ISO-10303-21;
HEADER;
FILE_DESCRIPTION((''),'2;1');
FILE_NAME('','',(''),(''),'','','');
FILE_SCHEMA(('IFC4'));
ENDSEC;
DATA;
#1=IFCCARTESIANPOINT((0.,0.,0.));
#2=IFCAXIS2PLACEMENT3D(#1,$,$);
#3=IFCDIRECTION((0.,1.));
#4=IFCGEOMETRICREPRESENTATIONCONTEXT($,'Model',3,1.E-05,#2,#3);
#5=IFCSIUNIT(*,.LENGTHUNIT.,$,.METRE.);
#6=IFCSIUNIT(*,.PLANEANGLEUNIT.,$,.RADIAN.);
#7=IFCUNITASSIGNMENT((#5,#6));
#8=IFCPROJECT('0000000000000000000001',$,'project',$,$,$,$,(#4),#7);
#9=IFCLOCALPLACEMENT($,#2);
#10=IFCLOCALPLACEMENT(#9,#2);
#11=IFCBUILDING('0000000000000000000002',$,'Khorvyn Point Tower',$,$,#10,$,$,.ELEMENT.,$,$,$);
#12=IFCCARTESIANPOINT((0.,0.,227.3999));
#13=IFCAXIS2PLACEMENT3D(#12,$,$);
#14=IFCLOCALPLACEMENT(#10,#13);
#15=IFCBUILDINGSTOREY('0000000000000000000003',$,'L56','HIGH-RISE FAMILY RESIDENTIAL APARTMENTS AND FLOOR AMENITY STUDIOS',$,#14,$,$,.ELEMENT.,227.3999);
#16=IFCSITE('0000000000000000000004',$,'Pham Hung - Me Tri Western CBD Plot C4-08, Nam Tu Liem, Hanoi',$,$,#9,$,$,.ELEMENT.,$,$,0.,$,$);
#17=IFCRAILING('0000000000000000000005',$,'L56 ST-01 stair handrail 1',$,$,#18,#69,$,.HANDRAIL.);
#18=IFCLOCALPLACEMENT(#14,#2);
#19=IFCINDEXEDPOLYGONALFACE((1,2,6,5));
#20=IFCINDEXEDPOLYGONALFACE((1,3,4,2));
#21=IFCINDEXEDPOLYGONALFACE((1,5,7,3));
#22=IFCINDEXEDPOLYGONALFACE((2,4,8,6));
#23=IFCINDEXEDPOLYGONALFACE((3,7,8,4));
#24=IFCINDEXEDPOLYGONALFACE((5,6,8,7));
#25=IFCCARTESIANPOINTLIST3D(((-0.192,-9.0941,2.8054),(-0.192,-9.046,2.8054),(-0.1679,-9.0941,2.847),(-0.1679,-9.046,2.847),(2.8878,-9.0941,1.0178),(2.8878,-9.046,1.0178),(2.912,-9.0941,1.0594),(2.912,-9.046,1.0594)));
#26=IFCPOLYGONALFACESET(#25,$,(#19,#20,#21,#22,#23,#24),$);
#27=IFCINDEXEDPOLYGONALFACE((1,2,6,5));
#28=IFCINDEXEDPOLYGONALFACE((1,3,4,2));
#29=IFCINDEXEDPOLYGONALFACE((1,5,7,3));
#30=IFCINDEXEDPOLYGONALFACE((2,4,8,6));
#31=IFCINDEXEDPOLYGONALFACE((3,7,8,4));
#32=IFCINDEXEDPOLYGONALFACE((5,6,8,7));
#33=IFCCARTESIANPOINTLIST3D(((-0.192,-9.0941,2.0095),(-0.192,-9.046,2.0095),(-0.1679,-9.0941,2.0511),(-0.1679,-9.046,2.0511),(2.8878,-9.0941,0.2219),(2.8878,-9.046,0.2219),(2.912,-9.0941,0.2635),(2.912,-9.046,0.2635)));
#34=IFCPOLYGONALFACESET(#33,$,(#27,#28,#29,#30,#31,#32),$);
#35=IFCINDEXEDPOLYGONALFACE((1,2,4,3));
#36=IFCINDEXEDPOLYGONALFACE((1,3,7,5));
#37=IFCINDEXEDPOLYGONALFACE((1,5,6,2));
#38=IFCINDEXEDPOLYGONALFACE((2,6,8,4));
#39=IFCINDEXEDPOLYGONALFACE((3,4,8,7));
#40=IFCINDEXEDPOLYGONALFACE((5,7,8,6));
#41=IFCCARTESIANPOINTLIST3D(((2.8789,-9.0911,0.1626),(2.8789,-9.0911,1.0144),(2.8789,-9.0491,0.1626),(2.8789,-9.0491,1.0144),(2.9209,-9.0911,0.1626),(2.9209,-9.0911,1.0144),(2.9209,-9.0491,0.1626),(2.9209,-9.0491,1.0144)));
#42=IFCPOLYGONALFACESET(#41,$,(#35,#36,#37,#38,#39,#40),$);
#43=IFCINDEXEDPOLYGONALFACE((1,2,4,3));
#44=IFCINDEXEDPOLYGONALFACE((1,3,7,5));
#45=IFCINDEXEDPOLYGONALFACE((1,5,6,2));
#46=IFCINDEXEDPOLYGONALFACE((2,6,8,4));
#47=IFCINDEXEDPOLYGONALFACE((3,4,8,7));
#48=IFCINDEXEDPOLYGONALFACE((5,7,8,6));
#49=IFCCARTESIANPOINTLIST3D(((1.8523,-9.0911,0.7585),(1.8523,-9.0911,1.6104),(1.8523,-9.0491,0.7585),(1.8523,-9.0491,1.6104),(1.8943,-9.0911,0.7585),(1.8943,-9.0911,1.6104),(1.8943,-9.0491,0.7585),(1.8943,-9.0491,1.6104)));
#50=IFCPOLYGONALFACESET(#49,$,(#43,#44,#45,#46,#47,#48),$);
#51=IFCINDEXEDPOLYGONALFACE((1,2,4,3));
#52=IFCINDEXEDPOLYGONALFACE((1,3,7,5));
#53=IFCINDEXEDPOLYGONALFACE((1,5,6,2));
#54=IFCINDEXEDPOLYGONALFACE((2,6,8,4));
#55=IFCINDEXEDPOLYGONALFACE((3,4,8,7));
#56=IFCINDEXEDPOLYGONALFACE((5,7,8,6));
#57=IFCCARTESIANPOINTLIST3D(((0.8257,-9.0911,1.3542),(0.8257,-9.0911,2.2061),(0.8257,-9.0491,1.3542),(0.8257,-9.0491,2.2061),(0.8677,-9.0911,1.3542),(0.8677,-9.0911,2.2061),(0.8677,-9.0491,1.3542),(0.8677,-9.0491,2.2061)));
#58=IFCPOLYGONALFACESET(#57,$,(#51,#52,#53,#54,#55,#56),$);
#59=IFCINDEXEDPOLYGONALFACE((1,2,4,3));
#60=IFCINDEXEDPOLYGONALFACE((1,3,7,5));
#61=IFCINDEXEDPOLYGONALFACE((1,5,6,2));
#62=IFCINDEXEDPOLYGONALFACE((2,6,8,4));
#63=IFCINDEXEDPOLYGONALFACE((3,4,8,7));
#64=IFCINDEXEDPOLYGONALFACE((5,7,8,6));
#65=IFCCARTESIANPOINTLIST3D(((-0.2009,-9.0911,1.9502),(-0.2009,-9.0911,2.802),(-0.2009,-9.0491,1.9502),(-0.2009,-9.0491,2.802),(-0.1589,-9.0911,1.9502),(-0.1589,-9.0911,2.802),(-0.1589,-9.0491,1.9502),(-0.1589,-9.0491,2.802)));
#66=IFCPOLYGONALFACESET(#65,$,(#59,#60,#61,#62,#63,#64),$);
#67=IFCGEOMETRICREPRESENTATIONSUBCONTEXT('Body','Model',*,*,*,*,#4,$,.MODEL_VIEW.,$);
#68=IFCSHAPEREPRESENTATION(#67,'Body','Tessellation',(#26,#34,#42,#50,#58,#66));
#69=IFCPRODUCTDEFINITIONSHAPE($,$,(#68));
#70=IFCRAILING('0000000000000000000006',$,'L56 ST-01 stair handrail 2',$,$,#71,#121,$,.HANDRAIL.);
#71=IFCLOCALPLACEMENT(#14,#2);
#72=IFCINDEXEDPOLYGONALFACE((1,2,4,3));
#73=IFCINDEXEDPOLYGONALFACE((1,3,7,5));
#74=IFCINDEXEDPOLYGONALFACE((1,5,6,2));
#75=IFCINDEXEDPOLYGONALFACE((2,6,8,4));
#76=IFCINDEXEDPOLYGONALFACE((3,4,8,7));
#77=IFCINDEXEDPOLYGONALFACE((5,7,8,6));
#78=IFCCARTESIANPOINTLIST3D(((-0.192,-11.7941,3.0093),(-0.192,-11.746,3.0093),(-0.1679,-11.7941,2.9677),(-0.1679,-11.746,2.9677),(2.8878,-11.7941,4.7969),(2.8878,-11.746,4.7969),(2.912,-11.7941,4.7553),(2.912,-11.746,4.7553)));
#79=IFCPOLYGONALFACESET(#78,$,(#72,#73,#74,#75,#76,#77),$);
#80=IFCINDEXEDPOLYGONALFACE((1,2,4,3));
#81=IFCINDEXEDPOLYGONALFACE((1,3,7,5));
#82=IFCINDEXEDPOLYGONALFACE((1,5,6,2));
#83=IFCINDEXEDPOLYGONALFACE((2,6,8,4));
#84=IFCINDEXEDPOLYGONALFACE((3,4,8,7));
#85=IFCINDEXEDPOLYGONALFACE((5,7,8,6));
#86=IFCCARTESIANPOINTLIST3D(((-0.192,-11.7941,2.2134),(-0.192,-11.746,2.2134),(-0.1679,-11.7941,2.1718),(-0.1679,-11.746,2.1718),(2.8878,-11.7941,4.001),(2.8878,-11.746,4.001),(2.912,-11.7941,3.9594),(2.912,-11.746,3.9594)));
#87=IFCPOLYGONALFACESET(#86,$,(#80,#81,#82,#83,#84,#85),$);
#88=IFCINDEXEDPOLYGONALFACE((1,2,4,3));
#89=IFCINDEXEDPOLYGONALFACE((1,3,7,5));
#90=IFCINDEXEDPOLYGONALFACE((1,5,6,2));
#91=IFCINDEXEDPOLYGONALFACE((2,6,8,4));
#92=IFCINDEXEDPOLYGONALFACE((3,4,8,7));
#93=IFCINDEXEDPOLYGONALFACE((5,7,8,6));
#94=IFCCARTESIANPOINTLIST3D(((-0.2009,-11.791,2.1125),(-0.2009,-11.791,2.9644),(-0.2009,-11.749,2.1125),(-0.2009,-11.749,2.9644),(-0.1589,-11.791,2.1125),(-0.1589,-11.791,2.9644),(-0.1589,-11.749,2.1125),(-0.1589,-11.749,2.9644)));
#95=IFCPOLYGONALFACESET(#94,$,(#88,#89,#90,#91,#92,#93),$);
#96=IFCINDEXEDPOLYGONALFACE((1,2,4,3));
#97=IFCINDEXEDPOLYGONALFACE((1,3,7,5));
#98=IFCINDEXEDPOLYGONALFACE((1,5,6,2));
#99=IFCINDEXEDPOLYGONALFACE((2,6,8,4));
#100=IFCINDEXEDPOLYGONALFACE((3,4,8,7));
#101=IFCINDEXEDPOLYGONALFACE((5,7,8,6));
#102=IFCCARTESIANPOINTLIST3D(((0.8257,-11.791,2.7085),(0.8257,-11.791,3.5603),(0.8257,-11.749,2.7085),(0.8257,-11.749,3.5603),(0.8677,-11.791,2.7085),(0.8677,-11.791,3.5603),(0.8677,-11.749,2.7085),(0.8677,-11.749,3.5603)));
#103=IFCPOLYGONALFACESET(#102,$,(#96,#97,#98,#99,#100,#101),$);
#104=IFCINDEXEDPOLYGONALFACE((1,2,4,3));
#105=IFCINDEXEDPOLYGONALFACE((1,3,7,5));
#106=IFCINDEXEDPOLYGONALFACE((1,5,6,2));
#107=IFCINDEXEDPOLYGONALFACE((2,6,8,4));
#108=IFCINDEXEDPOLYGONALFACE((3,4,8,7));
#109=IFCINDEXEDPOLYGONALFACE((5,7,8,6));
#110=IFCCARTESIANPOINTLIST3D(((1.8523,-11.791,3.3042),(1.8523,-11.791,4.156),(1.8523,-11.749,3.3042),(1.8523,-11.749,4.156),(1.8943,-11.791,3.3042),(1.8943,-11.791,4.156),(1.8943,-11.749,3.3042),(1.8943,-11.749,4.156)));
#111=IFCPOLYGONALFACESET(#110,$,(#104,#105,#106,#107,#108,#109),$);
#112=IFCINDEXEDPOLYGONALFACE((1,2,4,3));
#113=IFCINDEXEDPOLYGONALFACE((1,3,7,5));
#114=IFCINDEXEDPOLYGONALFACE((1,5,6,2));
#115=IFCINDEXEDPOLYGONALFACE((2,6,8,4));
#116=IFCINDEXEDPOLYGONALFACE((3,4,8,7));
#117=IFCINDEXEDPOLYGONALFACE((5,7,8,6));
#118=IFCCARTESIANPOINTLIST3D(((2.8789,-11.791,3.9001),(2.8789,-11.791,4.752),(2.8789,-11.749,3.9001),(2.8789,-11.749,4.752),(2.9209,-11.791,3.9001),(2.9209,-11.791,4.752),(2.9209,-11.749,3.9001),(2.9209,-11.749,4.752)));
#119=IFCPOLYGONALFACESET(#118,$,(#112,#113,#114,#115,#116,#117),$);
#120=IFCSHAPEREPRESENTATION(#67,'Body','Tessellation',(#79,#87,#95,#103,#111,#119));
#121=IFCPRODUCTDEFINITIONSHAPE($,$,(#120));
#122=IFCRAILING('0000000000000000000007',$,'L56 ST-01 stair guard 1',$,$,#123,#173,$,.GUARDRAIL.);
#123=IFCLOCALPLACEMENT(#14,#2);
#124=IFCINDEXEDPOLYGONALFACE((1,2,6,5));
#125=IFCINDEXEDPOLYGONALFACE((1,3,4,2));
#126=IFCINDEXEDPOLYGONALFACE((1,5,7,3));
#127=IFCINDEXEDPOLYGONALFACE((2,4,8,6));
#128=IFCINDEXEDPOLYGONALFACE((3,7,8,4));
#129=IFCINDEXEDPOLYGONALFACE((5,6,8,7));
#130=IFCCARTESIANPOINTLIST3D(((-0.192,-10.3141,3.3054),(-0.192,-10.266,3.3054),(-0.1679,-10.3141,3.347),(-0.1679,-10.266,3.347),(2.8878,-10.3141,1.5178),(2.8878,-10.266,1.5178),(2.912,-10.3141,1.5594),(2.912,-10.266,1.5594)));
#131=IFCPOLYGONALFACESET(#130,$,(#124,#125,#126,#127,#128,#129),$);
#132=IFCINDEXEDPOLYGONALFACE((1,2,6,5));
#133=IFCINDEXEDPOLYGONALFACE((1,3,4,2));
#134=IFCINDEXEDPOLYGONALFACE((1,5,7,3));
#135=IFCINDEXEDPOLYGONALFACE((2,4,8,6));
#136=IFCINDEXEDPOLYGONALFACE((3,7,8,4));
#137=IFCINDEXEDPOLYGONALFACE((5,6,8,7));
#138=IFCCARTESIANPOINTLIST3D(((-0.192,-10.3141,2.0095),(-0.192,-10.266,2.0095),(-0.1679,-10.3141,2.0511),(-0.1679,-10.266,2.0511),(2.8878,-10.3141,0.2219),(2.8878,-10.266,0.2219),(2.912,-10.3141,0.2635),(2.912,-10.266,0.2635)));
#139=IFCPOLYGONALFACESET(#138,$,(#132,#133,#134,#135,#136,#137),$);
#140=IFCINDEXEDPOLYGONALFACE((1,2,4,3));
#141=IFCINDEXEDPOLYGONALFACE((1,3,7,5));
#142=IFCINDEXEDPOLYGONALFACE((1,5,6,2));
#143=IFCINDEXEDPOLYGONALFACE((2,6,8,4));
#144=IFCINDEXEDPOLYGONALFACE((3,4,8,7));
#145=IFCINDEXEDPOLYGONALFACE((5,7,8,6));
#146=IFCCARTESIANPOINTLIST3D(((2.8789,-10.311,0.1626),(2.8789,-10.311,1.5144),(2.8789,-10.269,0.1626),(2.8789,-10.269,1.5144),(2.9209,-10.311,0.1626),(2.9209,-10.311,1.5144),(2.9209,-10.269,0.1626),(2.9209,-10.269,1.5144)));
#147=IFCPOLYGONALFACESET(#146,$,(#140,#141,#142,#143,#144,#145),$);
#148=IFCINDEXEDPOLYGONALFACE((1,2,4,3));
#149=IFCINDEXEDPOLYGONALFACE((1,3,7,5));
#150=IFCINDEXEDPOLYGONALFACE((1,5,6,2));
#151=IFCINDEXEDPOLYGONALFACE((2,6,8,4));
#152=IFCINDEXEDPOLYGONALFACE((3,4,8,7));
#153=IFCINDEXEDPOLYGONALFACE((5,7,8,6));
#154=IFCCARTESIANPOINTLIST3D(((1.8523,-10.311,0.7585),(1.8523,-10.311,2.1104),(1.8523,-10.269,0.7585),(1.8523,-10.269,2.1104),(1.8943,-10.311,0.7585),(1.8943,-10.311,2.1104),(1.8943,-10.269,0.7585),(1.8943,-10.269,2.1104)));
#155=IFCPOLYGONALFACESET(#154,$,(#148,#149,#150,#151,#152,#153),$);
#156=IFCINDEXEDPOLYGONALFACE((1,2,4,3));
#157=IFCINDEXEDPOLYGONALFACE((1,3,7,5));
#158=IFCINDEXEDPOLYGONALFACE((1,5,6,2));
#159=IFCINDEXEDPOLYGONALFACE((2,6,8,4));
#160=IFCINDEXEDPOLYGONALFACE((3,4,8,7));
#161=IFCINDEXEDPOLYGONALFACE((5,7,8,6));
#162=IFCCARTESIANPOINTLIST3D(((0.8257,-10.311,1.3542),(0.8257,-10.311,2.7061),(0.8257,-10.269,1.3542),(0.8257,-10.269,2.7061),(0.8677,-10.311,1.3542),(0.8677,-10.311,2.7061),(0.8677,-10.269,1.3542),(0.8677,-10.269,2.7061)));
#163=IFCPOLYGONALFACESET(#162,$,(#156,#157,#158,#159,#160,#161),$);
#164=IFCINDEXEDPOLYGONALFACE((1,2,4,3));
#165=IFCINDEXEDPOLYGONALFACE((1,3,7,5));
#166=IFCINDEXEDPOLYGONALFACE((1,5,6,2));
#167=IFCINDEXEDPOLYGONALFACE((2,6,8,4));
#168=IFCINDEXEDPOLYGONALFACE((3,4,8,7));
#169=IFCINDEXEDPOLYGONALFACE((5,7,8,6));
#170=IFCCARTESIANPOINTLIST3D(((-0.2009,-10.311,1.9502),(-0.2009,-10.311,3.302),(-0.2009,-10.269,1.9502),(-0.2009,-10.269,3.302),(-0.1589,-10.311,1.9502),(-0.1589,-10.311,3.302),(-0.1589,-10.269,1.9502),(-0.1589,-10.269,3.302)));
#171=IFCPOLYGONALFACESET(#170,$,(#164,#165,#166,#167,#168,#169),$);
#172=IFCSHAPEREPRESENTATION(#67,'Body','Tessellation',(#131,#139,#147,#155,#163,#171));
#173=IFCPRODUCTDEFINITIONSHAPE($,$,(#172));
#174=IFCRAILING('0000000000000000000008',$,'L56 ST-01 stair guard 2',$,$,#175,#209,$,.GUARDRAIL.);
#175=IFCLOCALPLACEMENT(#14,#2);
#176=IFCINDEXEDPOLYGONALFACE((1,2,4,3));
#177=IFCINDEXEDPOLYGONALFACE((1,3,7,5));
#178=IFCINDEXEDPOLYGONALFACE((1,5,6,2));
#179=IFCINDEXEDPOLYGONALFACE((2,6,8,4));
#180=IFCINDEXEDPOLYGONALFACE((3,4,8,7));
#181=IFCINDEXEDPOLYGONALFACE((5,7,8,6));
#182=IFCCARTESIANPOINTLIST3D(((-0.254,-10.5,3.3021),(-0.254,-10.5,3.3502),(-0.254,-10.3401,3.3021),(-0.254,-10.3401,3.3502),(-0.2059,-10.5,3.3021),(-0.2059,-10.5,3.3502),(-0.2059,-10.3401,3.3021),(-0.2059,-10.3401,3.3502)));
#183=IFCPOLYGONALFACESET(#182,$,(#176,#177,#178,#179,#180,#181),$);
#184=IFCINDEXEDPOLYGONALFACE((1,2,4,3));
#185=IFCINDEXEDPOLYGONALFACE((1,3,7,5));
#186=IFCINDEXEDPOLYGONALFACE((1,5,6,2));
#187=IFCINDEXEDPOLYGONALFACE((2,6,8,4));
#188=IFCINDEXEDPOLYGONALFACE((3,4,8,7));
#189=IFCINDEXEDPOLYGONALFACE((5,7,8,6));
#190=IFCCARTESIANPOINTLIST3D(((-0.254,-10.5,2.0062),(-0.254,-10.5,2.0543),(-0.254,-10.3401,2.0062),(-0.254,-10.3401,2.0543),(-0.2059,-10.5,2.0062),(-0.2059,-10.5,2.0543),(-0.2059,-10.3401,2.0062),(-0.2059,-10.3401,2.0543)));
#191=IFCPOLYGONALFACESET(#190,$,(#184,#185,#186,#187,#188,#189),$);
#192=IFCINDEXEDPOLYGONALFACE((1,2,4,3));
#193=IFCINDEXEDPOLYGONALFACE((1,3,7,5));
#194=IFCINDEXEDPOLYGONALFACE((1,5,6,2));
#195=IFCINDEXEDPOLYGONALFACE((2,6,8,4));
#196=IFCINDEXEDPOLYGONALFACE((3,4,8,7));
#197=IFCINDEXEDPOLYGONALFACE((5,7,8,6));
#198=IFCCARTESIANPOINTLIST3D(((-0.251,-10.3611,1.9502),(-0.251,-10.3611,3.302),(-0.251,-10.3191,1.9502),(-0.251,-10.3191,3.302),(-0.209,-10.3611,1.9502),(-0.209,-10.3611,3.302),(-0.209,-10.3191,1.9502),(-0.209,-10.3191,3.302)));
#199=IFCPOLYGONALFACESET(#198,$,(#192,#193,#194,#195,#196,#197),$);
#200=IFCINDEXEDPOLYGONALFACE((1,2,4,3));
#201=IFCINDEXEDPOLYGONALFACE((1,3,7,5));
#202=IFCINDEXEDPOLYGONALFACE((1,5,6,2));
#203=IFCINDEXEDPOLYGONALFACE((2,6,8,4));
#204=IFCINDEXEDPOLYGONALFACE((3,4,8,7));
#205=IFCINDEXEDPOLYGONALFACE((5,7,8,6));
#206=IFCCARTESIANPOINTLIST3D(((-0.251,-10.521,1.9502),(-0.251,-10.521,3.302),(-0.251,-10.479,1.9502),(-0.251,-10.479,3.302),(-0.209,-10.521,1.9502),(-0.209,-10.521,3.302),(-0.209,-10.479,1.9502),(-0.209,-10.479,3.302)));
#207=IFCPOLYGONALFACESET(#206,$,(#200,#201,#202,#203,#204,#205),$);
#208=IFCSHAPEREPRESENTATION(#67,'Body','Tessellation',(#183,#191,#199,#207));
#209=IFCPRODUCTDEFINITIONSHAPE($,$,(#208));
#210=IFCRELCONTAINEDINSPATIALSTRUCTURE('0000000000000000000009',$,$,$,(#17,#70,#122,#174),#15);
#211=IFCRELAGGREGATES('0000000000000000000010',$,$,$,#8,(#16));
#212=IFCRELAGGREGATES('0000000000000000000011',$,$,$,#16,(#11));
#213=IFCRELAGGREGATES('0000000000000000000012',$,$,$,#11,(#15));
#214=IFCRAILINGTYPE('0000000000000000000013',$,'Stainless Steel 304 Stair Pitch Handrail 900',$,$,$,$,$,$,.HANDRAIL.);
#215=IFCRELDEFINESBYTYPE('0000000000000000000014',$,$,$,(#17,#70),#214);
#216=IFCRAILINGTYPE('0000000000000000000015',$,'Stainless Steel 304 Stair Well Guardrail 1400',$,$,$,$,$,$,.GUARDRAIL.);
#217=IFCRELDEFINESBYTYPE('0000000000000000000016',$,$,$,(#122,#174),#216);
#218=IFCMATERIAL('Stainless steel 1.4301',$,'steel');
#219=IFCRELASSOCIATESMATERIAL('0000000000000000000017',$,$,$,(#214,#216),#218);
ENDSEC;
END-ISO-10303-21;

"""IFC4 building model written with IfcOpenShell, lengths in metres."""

from ifc_helpers import new_model, si_unit, direction, frame, origin, origin_2d, place, context, subcontext, project, spatial, rectangle, extrude, material, type_object, element, save


model = new_model("IFC4")

# Units and contexts
model_context = context("Model", 3, precision=1e-05, world=origin(), true_north=direction((0.0, 1.0)))
body_context = subcontext(model_context, "Body", "Model", "MODEL_VIEW")
ifc_project = project(units=[si_unit("LENGTHUNIT", "METRE"), si_unit("PLANEANGLEUNIT", "RADIAN")], contexts=[model_context])

# Site, building, storey
site_placement = place(None, origin())
site = spatial("IfcSite", under=ifc_project, at=site_placement, Name="Pham Hung - Me Tri Western CBD Plot C4-08, Nam Tu Liem, Hanoi", CompositionType="ELEMENT", RefElevation=0.0)
building_placement = place(site_placement, origin())
building = spatial("IfcBuilding", under=site, at=building_placement, Name="Khorvyn Point Tower", CompositionType="ELEMENT")
storey_placement = place(building_placement, frame((0.0, 0.0, 227.3999)))
storey = spatial("IfcBuildingStorey", under=building, at=storey_placement, Name="L56", Description="HIGH-RISE FAMILY RESIDENTIAL APARTMENTS AND FLOOR AMENITY STUDIOS", CompositionType="ELEMENT", Elevation=227.3999)

# Shared definitions
ifc_material_1 = material(Name="Stainless steel 1.4301", Category="steel")

# Railings
railing_type_1 = type_object("IfcRailingType", Name="Stainless Steel 304 Stair Pitch Handrail 900", PredefinedType="HANDRAIL", material=ifc_material_1)
railing_1_placement = place(storey_placement, frame((2.8999, -9.0701, 0.1626)))
element("IfcRailing", 1, at=railing_1_placement, inside=storey, type_object=railing_type_1, Name="L56 ST-01 stair handrail 1", PredefinedType="HANDRAIL", context=body_context, shape_type="SweptSolid", body=[
    extrude(rectangle(XDim=0.0481, YDim=0.0481, at=origin_2d()), frame((0.0, 0.0, 0.876), z_axis=(-0.864873, 0.0, 0.50199), x_axis=(0.0, -1.0, 0.0)), (0.0, 0.0, 1.0), 3.561),
    extrude(rectangle(XDim=0.0481, YDim=0.0481, at=origin_2d()), frame((0.0, 0.0, 0.0801), z_axis=(-0.864873, 0.0, 0.50199), x_axis=(0.0, -1.0, 0.0)), (0.0, 0.0, 1.0), 3.561),
    extrude(rectangle(XDim=0.042, YDim=0.042, at=origin_2d()), origin(), (0.0, 0.0, 1.0), 0.8518),
    extrude(rectangle(XDim=0.042, YDim=0.042, at=origin_2d()), frame((-1.0266, 0.0, 0.5959)), (0.0, 0.0, 1.0), 0.8518),
    extrude(rectangle(XDim=0.042, YDim=0.042, at=origin_2d()), frame((-2.0532, 0.0, 1.1917)), (0.0, 0.0, 1.0), 0.8518),
    extrude(rectangle(XDim=0.042, YDim=0.042, at=origin_2d()), frame((-3.0798, 0.0, 1.7876)), (0.0, 0.0, 1.0), 0.8518),
])
railing_2_placement = place(storey_placement, frame((-0.1799, -11.77, 2.1125)))
element("IfcRailing", 2, at=railing_2_placement, inside=storey, type_object=railing_type_1, Name="L56 ST-01 stair handrail 2", PredefinedType="HANDRAIL", context=body_context, shape_type="SweptSolid", body=[
    extrude(rectangle(XDim=0.0481, YDim=0.0481, at=origin_2d()), frame((0.0, 0.0, 0.876), z_axis=(0.864873, 0.0, 0.50199), x_axis=(0.0, 1.0, 0.0)), (0.0, 0.0, 1.0), 3.561),
    extrude(rectangle(XDim=0.0481, YDim=0.0481, at=origin_2d()), frame((0.0, 0.0, 0.0801), z_axis=(0.864873, 0.0, 0.50199), x_axis=(0.0, 1.0, 0.0)), (0.0, 0.0, 1.0), 3.561),
    extrude(rectangle(XDim=0.042, YDim=0.042, at=origin_2d()), origin(), (0.0, 0.0, 1.0), 0.8518),
    extrude(rectangle(XDim=0.042, YDim=0.042, at=origin_2d()), frame((1.0266, 0.0, 0.5959)), (0.0, 0.0, 1.0), 0.8518),
    extrude(rectangle(XDim=0.042, YDim=0.042, at=origin_2d()), frame((2.0532, 0.0, 1.1917)), (0.0, 0.0, 1.0), 0.8518),
    extrude(rectangle(XDim=0.042, YDim=0.042, at=origin_2d()), frame((3.0798, 0.0, 1.7876)), (0.0, 0.0, 1.0), 0.8518),
])
railing_type_2 = type_object("IfcRailingType", Name="Stainless Steel 304 Stair Well Guardrail 1400", PredefinedType="GUARDRAIL", material=ifc_material_1)
railing_3_placement = place(storey_placement, frame((2.8999, -10.29, 0.1626)))
element("IfcRailing", 3, at=railing_3_placement, inside=storey, type_object=railing_type_2, Name="L56 ST-01 stair guard 1", PredefinedType="GUARDRAIL", context=body_context, shape_type="SweptSolid", body=[
    extrude(rectangle(XDim=0.0481, YDim=0.0481, at=origin_2d()), frame((0.0, 0.0, 1.376), z_axis=(-0.864873, 0.0, 0.50199), x_axis=(0.0, -1.0, 0.0)), (0.0, 0.0, 1.0), 3.561),
    extrude(rectangle(XDim=0.0481, YDim=0.0481, at=origin_2d()), frame((0.0, 0.0, 0.0801), z_axis=(-0.864873, 0.0, 0.50199), x_axis=(0.0, -1.0, 0.0)), (0.0, 0.0, 1.0), 3.561),
    extrude(rectangle(XDim=0.042, YDim=0.042, at=origin_2d()), origin(), (0.0, 0.0, 1.0), 1.3518),
    extrude(rectangle(XDim=0.042, YDim=0.042, at=origin_2d()), frame((-1.0266, 0.0, 0.5959)), (0.0, 0.0, 1.0), 1.3518),
    extrude(rectangle(XDim=0.042, YDim=0.042, at=origin_2d()), frame((-2.0532, 0.0, 1.1917)), (0.0, 0.0, 1.0), 1.3518),
    extrude(rectangle(XDim=0.042, YDim=0.042, at=origin_2d()), frame((-3.0798, 0.0, 1.7876)), (0.0, 0.0, 1.0), 1.3518),
])
railing_4_placement = place(storey_placement, frame((-0.23, -10.3401, 1.9502)))
element("IfcRailing", 4, at=railing_4_placement, inside=storey, type_object=railing_type_2, Name="L56 ST-01 stair guard 2", PredefinedType="GUARDRAIL", context=body_context, shape_type="SweptSolid", body=[
    extrude(rectangle(XDim=0.0481, YDim=0.0481, at=origin_2d()), frame((0.0, 0.0, 1.376), z_axis=(0.0, -1.0, 0.0), x_axis=(1.0, 0.0, 0.0)), (0.0, 0.0, 1.0), 0.1599),
    extrude(rectangle(XDim=0.0481, YDim=0.0481, at=origin_2d()), frame((0.0, 0.0, 0.0801), z_axis=(0.0, -1.0, 0.0), x_axis=(1.0, 0.0, 0.0)), (0.0, 0.0, 1.0), 0.1599),
    extrude(rectangle(XDim=0.042, YDim=0.042, at=origin_2d()), origin(), (0.0, 0.0, 1.0), 1.3518),
    extrude(rectangle(XDim=0.042, YDim=0.042, at=origin_2d()), frame((0.0, -0.1599, 0.0)), (0.0, 0.0, 1.0), 1.3518),
])

save(model, "model.ifc")
